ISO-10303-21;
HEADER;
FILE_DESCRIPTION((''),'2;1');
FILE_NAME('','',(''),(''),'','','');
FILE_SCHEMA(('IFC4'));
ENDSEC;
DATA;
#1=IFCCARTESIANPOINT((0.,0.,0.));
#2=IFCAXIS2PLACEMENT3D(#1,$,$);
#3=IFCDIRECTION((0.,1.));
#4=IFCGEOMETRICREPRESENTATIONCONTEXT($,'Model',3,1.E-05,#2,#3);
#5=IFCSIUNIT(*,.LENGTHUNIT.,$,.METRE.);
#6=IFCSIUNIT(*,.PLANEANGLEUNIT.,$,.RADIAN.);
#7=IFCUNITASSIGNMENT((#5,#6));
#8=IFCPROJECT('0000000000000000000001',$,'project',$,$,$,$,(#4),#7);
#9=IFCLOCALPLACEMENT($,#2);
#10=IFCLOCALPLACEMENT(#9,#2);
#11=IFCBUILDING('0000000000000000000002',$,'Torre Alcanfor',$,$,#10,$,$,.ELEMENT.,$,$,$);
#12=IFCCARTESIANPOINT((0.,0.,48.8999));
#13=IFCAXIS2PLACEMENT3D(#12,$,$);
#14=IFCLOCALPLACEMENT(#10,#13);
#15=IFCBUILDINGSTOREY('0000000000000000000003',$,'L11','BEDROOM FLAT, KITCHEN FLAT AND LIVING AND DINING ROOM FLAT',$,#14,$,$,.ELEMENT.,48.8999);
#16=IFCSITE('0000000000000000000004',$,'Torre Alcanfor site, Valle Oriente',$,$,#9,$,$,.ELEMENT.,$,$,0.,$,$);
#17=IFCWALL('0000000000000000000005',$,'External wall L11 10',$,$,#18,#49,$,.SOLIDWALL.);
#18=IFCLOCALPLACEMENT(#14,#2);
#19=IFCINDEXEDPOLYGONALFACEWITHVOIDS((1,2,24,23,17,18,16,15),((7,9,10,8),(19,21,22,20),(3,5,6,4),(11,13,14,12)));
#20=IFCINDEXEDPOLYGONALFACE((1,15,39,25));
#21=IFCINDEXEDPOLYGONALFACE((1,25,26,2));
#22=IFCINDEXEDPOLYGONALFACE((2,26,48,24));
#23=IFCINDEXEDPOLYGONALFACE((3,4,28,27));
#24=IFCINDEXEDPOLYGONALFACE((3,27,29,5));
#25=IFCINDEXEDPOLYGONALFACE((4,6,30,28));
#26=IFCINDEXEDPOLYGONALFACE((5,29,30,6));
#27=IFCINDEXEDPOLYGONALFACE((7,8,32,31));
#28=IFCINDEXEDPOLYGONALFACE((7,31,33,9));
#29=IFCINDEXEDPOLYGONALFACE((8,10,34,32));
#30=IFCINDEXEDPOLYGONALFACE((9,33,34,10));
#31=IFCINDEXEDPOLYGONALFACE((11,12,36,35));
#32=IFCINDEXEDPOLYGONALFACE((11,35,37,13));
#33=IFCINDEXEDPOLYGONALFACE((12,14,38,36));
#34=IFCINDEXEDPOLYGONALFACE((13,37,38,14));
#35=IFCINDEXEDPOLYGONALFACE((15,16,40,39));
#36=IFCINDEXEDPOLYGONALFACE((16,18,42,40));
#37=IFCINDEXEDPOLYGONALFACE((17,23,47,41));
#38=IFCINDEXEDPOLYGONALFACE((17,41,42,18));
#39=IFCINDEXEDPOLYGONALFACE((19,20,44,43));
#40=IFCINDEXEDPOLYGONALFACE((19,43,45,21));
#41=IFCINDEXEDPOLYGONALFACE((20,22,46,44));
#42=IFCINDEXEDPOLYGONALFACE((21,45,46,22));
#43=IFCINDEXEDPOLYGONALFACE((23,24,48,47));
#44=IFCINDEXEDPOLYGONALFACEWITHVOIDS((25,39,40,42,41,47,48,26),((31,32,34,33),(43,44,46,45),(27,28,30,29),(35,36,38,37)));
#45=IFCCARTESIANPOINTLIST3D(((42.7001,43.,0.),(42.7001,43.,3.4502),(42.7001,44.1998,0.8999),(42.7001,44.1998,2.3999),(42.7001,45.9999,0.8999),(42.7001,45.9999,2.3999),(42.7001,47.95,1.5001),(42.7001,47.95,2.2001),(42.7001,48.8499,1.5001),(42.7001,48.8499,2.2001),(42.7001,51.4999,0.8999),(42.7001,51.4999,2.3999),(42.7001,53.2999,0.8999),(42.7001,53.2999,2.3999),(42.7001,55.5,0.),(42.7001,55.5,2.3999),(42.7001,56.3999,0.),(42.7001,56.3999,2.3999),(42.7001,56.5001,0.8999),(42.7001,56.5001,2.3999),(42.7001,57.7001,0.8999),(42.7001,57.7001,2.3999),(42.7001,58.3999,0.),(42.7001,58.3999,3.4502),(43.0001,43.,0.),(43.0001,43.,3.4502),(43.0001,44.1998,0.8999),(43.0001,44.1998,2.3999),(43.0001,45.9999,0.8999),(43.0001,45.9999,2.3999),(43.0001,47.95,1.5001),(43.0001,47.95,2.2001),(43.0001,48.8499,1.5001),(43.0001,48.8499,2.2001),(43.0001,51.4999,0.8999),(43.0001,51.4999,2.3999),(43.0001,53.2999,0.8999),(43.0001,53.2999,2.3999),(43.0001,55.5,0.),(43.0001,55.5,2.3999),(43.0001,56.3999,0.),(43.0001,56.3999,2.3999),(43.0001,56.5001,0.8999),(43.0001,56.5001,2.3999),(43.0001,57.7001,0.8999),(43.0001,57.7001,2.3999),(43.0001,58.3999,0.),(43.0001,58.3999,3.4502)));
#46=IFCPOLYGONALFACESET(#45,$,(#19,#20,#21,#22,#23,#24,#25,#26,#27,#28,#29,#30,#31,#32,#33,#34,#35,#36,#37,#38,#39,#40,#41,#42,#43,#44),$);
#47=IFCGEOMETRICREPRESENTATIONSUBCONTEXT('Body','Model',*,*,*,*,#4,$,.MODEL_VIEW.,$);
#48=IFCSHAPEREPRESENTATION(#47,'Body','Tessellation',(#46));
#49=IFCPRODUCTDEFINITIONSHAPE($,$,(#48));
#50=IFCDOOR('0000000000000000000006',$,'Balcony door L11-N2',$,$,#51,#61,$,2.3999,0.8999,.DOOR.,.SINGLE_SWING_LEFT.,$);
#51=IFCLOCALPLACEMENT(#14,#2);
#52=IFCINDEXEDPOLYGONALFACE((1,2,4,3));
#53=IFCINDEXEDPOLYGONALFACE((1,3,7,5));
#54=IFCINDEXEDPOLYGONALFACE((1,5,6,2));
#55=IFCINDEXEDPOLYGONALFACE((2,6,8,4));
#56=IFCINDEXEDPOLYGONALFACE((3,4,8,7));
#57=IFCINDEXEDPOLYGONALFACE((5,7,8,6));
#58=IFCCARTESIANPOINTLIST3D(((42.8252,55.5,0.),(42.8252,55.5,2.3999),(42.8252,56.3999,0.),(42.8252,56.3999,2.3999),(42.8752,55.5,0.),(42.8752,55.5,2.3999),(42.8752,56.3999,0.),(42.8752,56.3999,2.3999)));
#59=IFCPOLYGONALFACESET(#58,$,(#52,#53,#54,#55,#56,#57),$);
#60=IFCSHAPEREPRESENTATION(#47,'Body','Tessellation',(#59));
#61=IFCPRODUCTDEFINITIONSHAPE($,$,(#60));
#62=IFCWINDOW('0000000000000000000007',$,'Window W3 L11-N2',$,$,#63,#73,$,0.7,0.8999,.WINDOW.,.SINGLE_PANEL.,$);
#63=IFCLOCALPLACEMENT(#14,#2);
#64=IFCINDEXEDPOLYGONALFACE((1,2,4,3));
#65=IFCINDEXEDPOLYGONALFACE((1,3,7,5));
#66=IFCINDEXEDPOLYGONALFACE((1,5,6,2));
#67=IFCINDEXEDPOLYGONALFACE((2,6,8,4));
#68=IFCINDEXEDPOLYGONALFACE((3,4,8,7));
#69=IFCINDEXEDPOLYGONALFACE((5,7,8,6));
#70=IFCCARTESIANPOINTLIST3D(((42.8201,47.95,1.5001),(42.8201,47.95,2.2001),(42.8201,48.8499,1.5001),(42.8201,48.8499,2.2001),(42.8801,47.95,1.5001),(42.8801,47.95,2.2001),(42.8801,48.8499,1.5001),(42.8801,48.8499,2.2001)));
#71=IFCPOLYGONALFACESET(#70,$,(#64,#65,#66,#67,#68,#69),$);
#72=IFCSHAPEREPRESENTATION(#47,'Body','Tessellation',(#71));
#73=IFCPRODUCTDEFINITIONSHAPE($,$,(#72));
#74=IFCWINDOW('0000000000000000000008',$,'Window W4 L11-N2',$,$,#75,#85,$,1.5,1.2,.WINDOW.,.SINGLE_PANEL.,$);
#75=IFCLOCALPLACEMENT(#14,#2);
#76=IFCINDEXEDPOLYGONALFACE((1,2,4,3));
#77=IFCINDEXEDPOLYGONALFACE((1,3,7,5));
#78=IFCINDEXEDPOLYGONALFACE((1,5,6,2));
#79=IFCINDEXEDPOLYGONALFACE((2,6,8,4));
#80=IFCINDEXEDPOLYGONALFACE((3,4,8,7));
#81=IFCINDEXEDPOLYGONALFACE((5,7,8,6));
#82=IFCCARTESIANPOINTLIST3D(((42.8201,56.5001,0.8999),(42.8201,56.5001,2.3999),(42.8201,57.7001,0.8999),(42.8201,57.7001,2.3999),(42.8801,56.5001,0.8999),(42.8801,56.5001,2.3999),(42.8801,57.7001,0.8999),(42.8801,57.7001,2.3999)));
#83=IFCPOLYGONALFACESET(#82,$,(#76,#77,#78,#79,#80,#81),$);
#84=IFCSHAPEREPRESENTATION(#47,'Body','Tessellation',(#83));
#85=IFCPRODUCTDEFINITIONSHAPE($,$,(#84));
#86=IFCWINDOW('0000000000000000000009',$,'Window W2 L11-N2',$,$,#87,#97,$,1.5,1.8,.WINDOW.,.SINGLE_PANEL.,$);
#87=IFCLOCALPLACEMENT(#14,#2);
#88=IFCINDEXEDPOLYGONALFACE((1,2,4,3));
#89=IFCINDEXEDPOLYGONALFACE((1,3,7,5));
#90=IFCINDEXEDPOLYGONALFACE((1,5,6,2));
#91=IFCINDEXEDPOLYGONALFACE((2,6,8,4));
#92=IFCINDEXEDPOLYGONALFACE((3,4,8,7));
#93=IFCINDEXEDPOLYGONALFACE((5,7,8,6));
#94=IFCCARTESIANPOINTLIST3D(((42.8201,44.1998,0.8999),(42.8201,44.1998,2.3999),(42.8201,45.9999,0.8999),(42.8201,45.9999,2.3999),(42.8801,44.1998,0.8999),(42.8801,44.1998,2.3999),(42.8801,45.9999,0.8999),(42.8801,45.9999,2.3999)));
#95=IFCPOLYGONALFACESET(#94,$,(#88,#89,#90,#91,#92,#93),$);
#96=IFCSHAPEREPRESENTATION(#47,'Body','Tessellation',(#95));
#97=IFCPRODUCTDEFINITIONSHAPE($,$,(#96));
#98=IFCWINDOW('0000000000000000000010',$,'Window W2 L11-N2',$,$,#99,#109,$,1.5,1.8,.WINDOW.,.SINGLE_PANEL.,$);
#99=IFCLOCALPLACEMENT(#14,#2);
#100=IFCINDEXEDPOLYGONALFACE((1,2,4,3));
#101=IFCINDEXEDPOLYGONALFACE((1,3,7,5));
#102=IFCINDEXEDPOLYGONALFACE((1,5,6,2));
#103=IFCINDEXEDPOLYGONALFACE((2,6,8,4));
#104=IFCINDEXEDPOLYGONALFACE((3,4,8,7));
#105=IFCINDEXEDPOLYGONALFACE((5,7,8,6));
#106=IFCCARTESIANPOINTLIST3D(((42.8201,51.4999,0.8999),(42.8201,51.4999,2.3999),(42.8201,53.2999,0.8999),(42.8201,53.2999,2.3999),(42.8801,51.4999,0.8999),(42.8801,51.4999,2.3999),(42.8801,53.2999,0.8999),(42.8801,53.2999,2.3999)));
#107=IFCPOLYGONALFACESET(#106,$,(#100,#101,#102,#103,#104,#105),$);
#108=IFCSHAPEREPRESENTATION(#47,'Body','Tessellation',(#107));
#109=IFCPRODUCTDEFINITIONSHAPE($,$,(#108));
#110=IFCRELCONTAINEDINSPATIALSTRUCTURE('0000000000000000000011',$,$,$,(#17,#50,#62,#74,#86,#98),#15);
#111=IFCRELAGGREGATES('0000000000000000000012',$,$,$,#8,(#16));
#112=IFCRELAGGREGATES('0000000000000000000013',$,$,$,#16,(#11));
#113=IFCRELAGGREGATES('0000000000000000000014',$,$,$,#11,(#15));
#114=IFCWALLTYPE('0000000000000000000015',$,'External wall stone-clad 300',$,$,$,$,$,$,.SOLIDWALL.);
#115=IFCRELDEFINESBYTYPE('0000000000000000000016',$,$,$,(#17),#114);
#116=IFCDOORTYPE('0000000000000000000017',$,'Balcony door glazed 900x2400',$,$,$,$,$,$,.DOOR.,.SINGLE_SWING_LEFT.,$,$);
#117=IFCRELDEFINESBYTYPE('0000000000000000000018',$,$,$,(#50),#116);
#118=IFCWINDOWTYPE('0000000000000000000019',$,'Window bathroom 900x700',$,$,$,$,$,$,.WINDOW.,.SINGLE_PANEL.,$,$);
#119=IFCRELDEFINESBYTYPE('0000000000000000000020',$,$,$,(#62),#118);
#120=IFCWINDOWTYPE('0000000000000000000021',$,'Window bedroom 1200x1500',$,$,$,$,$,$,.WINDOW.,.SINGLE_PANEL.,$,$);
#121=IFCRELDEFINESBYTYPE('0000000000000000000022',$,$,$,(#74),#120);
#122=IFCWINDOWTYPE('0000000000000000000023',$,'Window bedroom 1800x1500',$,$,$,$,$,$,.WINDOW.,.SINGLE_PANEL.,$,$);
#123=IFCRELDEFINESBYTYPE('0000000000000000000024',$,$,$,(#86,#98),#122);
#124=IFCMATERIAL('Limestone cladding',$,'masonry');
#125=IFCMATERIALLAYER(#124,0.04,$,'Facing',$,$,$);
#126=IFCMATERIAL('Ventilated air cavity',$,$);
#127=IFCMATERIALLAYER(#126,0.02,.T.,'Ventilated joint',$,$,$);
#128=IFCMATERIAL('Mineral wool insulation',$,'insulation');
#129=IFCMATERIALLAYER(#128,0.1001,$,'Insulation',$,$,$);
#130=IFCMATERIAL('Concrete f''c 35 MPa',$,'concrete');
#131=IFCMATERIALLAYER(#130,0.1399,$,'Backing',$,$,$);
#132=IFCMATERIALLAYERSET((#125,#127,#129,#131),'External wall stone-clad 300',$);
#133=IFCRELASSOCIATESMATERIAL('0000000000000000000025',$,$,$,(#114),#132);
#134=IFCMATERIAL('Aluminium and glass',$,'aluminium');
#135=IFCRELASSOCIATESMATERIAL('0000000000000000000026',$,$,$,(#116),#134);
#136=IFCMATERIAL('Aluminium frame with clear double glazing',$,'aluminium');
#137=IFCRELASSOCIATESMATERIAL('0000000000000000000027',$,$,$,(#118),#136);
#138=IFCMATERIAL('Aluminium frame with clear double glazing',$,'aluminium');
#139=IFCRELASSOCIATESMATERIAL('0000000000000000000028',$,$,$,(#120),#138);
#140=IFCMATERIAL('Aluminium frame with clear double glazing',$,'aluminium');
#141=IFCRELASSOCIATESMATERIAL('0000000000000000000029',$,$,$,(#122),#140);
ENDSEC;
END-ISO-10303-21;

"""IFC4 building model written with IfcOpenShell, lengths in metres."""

from ifc_helpers import new_model, si_unit, direction, frame, frame_2d, origin, place, context, subcontext, project, spatial, rectangle, extrude, material, layer, layer_set, type_object, element, fill, save


model = new_model("IFC4")

# Units and contexts
model_context = context("Model", 3, precision=1e-05, world=origin(), true_north=direction((0.0, 1.0)))
body_context = subcontext(model_context, "Body", "Model", "MODEL_VIEW")
ifc_project = project(units=[si_unit("LENGTHUNIT", "METRE"), si_unit("PLANEANGLEUNIT", "RADIAN")], contexts=[model_context])

# Site, building, storey
site_placement = place(None, origin())
site = spatial("IfcSite", under=ifc_project, at=site_placement, Name="Torre Alcanfor site, Valle Oriente", CompositionType="ELEMENT", RefElevation=0.0)
building_placement = place(site_placement, origin())
building = spatial("IfcBuilding", under=site, at=building_placement, Name="Torre Alcanfor", CompositionType="ELEMENT")
storey_placement = place(building_placement, frame((0.0, 0.0, 48.8999)))
storey = spatial("IfcBuildingStorey", under=building, at=storey_placement, Name="L11", Description="BEDROOM FLAT, KITCHEN FLAT AND LIVING AND DINING ROOM FLAT", CompositionType="ELEMENT", Elevation=48.8999)

# Wall, openings, door, windows
ifc_material_1 = material(Name="Limestone cladding", Category="masonry")
ifc_layer_1 = layer(ifc_material_1, 0.04, Name="Facing")
ifc_material_2 = material(Name="Ventilated air cavity")
ifc_layer_2 = layer(ifc_material_2, 0.02, ventilated=True, Name="Ventilated joint")
ifc_material_3 = material(Name="Mineral wool insulation", Category="insulation")
ifc_layer_3 = layer(ifc_material_3, 0.1001, Name="Insulation")
ifc_material_4 = material(Name="Concrete f'c 35 MPa", Category="concrete")
ifc_layer_4 = layer(ifc_material_4, 0.1399, Name="Backing")
ifc_layer_set_1 = layer_set([ifc_layer_1, ifc_layer_2, ifc_layer_3, ifc_layer_4], Name="External wall stone-clad 300")
wall_type_1 = type_object("IfcWallType", Name="External wall stone-clad 300", PredefinedType="SOLIDWALL", material=ifc_layer_set_1)
ifc_material_5 = material(Name="Aluminium and glass", Category="aluminium")
door_type = type_object("IfcDoorType", Name="Balcony door glazed 900x2400", OperationType="SINGLE_SWING_LEFT", PredefinedType="DOOR", material=ifc_material_5)
ifc_material_6 = material(Name="Aluminium frame with clear double glazing", Category="aluminium")
window_type_1 = type_object("IfcWindowType", Name="Window bathroom 900x700", PartitioningType="SINGLE_PANEL", PredefinedType="WINDOW", material=ifc_material_6)
ifc_material_7 = material(Name="Aluminium frame with clear double glazing", Category="aluminium")
window_type_2 = type_object("IfcWindowType", Name="Window bedroom 1200x1500", PartitioningType="SINGLE_PANEL", PredefinedType="WINDOW", material=ifc_material_7)
ifc_material_8 = material(Name="Aluminium frame with clear double glazing", Category="aluminium")
window_type_3 = type_object("IfcWindowType", Name="Window bedroom 1800x1500", PartitioningType="SINGLE_PANEL", PredefinedType="WINDOW", material=ifc_material_8)
wall_1_placement = place(storey_placement, frame((42.8501, 43.0, 0.0), z_axis=(0.0, 0.0, 1.0), x_axis=(0.0, 1.0, 0.0)))
wall_1 = element("IfcWall", 1, at=wall_1_placement, inside=storey, type_object=wall_type_1, Name="External wall L11 10", PredefinedType="SOLIDWALL", context=body_context, shape_type="SweptSolid", body=[
    extrude(rectangle(XDim=15.3999, YDim=0.3, at=frame_2d((7.7, 0.0))), origin(), (0.0, 0.0, 1.0), 3.4502),
])
opening_1_placement = place(wall_1_placement, frame((1.2, 0.0, 0.8999)))
opening_1 = element("IfcOpeningElement", 2, at=opening_1_placement, cuts=wall_1, PredefinedType="OPENING", context=body_context, shape_type="SweptSolid", body=[
    extrude(rectangle(XDim=1.8, YDim=1.5, at=frame_2d((0.8999, 0.75))), frame((0.0, 0.1599, 0.0), z_axis=(0.0, -1.0, 0.0), x_axis=(1.0, 0.0, 0.0)), (0.0, 0.0, 1.0), 0.3201),
])
opening_2_placement = place(wall_1_placement, frame((4.95, 0.0, 1.5)))
opening_2 = element("IfcOpeningElement", 3, at=opening_2_placement, cuts=wall_1, PredefinedType="OPENING", context=body_context, shape_type="SweptSolid", body=[
    extrude(rectangle(XDim=0.8999, YDim=0.7, at=frame_2d((0.45, 0.3501))), frame((0.0, 0.1599, 0.0), z_axis=(0.0, -1.0, 0.0), x_axis=(1.0, 0.0, 0.0)), (0.0, 0.0, 1.0), 0.3201),
])
opening_3_placement = place(wall_1_placement, frame((8.5, 0.0, 0.8999)))
opening_3 = element("IfcOpeningElement", 4, at=opening_3_placement, cuts=wall_1, PredefinedType="OPENING", context=body_context, shape_type="SweptSolid", body=[
    extrude(rectangle(XDim=1.8, YDim=1.5, at=frame_2d((0.8999, 0.75))), frame((0.0, 0.1599, 0.0), z_axis=(0.0, -1.0, 0.0), x_axis=(1.0, 0.0, 0.0)), (0.0, 0.0, 1.0), 0.3201),
])
opening_4_placement = place(wall_1_placement, frame((12.5, 0.0, 0.0)))
opening_4 = element("IfcOpeningElement", 5, at=opening_4_placement, cuts=wall_1, PredefinedType="OPENING", context=body_context, shape_type="SweptSolid", body=[
    extrude(rectangle(XDim=0.8999, YDim=2.3999, at=frame_2d((0.45, 1.2))), frame((0.0, 0.1599, 0.0), z_axis=(0.0, -1.0, 0.0), x_axis=(1.0, 0.0, 0.0)), (0.0, 0.0, 1.0), 0.3201),
])
opening_5_placement = place(wall_1_placement, frame((13.5, 0.0, 0.8999)))
opening_5 = element("IfcOpeningElement", 6, at=opening_5_placement, cuts=wall_1, PredefinedType="OPENING", context=body_context, shape_type="SweptSolid", body=[
    extrude(rectangle(XDim=1.2, YDim=1.5, at=frame_2d((0.6001, 0.75))), frame((0.0, 0.1599, 0.0), z_axis=(0.0, -1.0, 0.0), x_axis=(1.0, 0.0, 0.0)), (0.0, 0.0, 1.0), 0.3201),
])
door_1_placement = place(opening_4_placement, origin())
door_1 = element("IfcDoor", 7, at=door_1_placement, inside=storey, type_object=door_type, Name="Balcony door L11-N2", OperationType="SINGLE_SWING_LEFT", OverallHeight=2.3999, OverallWidth=0.8999, PredefinedType="DOOR", context=body_context, shape_type="SweptSolid", body=[
    extrude(rectangle(XDim=0.8999, YDim=2.3999, at=frame_2d((0.45, 1.2))), frame((0.0, 0.0249, 0.0), z_axis=(0.0, -1.0, 0.0), x_axis=(1.0, 0.0, 0.0)), (0.0, 0.0, 1.0), 0.05),
])
fill(opening_4, door_1)
window_1_placement = place(opening_2_placement, origin())
window_1 = element("IfcWindow", 8, at=window_1_placement, inside=storey, type_object=window_type_1, Name="Window W3 L11-N2", OverallHeight=0.7, OverallWidth=0.8999, PartitioningType="SINGLE_PANEL", PredefinedType="WINDOW", context=body_context, shape_type="SweptSolid", body=[
    extrude(rectangle(XDim=0.8999, YDim=0.7, at=frame_2d((0.45, 0.3501))), frame((0.0, 0.03, 0.0), z_axis=(0.0, -1.0, 0.0), x_axis=(1.0, 0.0, 0.0)), (0.0, 0.0, 1.0), 0.0601),
])
fill(opening_2, window_1)
window_2_placement = place(opening_5_placement, origin())
window_2 = element("IfcWindow", 9, at=window_2_placement, inside=storey, type_object=window_type_2, Name="Window W4 L11-N2", OverallHeight=1.5, OverallWidth=1.2, PartitioningType="SINGLE_PANEL", PredefinedType="WINDOW", context=body_context, shape_type="SweptSolid", body=[
    extrude(rectangle(XDim=1.2, YDim=1.5, at=frame_2d((0.6001, 0.75))), frame((0.0, 0.03, 0.0), z_axis=(0.0, -1.0, 0.0), x_axis=(1.0, 0.0, 0.0)), (0.0, 0.0, 1.0), 0.0601),
])
fill(opening_5, window_2)
window_3_placement = place(opening_1_placement, origin())
window_3 = element("IfcWindow", 10, at=window_3_placement, inside=storey, type_object=window_type_3, Name="Window W2 L11-N2", OverallHeight=1.5, OverallWidth=1.8, PartitioningType="SINGLE_PANEL", PredefinedType="WINDOW", context=body_context, shape_type="SweptSolid", body=[
    extrude(rectangle(XDim=1.8, YDim=1.5, at=frame_2d((0.8999, 0.75))), frame((0.0, 0.03, 0.0), z_axis=(0.0, -1.0, 0.0), x_axis=(1.0, 0.0, 0.0)), (0.0, 0.0, 1.0), 0.0601),
])
fill(opening_1, window_3)
window_4_placement = place(opening_3_placement, origin())
window_4 = element("IfcWindow", 11, at=window_4_placement, inside=storey, type_object=window_type_3, Name="Window W2 L11-N2", OverallHeight=1.5, OverallWidth=1.8, PartitioningType="SINGLE_PANEL", PredefinedType="WINDOW", context=body_context, shape_type="SweptSolid", body=[
    extrude(rectangle(XDim=1.8, YDim=1.5, at=frame_2d((0.8999, 0.75))), frame((0.0, 0.03, 0.0), z_axis=(0.0, -1.0, 0.0), x_axis=(1.0, 0.0, 0.0)), (0.0, 0.0, 1.0), 0.0601),
])
fill(opening_3, window_4)

save(model, "model.ifc")
